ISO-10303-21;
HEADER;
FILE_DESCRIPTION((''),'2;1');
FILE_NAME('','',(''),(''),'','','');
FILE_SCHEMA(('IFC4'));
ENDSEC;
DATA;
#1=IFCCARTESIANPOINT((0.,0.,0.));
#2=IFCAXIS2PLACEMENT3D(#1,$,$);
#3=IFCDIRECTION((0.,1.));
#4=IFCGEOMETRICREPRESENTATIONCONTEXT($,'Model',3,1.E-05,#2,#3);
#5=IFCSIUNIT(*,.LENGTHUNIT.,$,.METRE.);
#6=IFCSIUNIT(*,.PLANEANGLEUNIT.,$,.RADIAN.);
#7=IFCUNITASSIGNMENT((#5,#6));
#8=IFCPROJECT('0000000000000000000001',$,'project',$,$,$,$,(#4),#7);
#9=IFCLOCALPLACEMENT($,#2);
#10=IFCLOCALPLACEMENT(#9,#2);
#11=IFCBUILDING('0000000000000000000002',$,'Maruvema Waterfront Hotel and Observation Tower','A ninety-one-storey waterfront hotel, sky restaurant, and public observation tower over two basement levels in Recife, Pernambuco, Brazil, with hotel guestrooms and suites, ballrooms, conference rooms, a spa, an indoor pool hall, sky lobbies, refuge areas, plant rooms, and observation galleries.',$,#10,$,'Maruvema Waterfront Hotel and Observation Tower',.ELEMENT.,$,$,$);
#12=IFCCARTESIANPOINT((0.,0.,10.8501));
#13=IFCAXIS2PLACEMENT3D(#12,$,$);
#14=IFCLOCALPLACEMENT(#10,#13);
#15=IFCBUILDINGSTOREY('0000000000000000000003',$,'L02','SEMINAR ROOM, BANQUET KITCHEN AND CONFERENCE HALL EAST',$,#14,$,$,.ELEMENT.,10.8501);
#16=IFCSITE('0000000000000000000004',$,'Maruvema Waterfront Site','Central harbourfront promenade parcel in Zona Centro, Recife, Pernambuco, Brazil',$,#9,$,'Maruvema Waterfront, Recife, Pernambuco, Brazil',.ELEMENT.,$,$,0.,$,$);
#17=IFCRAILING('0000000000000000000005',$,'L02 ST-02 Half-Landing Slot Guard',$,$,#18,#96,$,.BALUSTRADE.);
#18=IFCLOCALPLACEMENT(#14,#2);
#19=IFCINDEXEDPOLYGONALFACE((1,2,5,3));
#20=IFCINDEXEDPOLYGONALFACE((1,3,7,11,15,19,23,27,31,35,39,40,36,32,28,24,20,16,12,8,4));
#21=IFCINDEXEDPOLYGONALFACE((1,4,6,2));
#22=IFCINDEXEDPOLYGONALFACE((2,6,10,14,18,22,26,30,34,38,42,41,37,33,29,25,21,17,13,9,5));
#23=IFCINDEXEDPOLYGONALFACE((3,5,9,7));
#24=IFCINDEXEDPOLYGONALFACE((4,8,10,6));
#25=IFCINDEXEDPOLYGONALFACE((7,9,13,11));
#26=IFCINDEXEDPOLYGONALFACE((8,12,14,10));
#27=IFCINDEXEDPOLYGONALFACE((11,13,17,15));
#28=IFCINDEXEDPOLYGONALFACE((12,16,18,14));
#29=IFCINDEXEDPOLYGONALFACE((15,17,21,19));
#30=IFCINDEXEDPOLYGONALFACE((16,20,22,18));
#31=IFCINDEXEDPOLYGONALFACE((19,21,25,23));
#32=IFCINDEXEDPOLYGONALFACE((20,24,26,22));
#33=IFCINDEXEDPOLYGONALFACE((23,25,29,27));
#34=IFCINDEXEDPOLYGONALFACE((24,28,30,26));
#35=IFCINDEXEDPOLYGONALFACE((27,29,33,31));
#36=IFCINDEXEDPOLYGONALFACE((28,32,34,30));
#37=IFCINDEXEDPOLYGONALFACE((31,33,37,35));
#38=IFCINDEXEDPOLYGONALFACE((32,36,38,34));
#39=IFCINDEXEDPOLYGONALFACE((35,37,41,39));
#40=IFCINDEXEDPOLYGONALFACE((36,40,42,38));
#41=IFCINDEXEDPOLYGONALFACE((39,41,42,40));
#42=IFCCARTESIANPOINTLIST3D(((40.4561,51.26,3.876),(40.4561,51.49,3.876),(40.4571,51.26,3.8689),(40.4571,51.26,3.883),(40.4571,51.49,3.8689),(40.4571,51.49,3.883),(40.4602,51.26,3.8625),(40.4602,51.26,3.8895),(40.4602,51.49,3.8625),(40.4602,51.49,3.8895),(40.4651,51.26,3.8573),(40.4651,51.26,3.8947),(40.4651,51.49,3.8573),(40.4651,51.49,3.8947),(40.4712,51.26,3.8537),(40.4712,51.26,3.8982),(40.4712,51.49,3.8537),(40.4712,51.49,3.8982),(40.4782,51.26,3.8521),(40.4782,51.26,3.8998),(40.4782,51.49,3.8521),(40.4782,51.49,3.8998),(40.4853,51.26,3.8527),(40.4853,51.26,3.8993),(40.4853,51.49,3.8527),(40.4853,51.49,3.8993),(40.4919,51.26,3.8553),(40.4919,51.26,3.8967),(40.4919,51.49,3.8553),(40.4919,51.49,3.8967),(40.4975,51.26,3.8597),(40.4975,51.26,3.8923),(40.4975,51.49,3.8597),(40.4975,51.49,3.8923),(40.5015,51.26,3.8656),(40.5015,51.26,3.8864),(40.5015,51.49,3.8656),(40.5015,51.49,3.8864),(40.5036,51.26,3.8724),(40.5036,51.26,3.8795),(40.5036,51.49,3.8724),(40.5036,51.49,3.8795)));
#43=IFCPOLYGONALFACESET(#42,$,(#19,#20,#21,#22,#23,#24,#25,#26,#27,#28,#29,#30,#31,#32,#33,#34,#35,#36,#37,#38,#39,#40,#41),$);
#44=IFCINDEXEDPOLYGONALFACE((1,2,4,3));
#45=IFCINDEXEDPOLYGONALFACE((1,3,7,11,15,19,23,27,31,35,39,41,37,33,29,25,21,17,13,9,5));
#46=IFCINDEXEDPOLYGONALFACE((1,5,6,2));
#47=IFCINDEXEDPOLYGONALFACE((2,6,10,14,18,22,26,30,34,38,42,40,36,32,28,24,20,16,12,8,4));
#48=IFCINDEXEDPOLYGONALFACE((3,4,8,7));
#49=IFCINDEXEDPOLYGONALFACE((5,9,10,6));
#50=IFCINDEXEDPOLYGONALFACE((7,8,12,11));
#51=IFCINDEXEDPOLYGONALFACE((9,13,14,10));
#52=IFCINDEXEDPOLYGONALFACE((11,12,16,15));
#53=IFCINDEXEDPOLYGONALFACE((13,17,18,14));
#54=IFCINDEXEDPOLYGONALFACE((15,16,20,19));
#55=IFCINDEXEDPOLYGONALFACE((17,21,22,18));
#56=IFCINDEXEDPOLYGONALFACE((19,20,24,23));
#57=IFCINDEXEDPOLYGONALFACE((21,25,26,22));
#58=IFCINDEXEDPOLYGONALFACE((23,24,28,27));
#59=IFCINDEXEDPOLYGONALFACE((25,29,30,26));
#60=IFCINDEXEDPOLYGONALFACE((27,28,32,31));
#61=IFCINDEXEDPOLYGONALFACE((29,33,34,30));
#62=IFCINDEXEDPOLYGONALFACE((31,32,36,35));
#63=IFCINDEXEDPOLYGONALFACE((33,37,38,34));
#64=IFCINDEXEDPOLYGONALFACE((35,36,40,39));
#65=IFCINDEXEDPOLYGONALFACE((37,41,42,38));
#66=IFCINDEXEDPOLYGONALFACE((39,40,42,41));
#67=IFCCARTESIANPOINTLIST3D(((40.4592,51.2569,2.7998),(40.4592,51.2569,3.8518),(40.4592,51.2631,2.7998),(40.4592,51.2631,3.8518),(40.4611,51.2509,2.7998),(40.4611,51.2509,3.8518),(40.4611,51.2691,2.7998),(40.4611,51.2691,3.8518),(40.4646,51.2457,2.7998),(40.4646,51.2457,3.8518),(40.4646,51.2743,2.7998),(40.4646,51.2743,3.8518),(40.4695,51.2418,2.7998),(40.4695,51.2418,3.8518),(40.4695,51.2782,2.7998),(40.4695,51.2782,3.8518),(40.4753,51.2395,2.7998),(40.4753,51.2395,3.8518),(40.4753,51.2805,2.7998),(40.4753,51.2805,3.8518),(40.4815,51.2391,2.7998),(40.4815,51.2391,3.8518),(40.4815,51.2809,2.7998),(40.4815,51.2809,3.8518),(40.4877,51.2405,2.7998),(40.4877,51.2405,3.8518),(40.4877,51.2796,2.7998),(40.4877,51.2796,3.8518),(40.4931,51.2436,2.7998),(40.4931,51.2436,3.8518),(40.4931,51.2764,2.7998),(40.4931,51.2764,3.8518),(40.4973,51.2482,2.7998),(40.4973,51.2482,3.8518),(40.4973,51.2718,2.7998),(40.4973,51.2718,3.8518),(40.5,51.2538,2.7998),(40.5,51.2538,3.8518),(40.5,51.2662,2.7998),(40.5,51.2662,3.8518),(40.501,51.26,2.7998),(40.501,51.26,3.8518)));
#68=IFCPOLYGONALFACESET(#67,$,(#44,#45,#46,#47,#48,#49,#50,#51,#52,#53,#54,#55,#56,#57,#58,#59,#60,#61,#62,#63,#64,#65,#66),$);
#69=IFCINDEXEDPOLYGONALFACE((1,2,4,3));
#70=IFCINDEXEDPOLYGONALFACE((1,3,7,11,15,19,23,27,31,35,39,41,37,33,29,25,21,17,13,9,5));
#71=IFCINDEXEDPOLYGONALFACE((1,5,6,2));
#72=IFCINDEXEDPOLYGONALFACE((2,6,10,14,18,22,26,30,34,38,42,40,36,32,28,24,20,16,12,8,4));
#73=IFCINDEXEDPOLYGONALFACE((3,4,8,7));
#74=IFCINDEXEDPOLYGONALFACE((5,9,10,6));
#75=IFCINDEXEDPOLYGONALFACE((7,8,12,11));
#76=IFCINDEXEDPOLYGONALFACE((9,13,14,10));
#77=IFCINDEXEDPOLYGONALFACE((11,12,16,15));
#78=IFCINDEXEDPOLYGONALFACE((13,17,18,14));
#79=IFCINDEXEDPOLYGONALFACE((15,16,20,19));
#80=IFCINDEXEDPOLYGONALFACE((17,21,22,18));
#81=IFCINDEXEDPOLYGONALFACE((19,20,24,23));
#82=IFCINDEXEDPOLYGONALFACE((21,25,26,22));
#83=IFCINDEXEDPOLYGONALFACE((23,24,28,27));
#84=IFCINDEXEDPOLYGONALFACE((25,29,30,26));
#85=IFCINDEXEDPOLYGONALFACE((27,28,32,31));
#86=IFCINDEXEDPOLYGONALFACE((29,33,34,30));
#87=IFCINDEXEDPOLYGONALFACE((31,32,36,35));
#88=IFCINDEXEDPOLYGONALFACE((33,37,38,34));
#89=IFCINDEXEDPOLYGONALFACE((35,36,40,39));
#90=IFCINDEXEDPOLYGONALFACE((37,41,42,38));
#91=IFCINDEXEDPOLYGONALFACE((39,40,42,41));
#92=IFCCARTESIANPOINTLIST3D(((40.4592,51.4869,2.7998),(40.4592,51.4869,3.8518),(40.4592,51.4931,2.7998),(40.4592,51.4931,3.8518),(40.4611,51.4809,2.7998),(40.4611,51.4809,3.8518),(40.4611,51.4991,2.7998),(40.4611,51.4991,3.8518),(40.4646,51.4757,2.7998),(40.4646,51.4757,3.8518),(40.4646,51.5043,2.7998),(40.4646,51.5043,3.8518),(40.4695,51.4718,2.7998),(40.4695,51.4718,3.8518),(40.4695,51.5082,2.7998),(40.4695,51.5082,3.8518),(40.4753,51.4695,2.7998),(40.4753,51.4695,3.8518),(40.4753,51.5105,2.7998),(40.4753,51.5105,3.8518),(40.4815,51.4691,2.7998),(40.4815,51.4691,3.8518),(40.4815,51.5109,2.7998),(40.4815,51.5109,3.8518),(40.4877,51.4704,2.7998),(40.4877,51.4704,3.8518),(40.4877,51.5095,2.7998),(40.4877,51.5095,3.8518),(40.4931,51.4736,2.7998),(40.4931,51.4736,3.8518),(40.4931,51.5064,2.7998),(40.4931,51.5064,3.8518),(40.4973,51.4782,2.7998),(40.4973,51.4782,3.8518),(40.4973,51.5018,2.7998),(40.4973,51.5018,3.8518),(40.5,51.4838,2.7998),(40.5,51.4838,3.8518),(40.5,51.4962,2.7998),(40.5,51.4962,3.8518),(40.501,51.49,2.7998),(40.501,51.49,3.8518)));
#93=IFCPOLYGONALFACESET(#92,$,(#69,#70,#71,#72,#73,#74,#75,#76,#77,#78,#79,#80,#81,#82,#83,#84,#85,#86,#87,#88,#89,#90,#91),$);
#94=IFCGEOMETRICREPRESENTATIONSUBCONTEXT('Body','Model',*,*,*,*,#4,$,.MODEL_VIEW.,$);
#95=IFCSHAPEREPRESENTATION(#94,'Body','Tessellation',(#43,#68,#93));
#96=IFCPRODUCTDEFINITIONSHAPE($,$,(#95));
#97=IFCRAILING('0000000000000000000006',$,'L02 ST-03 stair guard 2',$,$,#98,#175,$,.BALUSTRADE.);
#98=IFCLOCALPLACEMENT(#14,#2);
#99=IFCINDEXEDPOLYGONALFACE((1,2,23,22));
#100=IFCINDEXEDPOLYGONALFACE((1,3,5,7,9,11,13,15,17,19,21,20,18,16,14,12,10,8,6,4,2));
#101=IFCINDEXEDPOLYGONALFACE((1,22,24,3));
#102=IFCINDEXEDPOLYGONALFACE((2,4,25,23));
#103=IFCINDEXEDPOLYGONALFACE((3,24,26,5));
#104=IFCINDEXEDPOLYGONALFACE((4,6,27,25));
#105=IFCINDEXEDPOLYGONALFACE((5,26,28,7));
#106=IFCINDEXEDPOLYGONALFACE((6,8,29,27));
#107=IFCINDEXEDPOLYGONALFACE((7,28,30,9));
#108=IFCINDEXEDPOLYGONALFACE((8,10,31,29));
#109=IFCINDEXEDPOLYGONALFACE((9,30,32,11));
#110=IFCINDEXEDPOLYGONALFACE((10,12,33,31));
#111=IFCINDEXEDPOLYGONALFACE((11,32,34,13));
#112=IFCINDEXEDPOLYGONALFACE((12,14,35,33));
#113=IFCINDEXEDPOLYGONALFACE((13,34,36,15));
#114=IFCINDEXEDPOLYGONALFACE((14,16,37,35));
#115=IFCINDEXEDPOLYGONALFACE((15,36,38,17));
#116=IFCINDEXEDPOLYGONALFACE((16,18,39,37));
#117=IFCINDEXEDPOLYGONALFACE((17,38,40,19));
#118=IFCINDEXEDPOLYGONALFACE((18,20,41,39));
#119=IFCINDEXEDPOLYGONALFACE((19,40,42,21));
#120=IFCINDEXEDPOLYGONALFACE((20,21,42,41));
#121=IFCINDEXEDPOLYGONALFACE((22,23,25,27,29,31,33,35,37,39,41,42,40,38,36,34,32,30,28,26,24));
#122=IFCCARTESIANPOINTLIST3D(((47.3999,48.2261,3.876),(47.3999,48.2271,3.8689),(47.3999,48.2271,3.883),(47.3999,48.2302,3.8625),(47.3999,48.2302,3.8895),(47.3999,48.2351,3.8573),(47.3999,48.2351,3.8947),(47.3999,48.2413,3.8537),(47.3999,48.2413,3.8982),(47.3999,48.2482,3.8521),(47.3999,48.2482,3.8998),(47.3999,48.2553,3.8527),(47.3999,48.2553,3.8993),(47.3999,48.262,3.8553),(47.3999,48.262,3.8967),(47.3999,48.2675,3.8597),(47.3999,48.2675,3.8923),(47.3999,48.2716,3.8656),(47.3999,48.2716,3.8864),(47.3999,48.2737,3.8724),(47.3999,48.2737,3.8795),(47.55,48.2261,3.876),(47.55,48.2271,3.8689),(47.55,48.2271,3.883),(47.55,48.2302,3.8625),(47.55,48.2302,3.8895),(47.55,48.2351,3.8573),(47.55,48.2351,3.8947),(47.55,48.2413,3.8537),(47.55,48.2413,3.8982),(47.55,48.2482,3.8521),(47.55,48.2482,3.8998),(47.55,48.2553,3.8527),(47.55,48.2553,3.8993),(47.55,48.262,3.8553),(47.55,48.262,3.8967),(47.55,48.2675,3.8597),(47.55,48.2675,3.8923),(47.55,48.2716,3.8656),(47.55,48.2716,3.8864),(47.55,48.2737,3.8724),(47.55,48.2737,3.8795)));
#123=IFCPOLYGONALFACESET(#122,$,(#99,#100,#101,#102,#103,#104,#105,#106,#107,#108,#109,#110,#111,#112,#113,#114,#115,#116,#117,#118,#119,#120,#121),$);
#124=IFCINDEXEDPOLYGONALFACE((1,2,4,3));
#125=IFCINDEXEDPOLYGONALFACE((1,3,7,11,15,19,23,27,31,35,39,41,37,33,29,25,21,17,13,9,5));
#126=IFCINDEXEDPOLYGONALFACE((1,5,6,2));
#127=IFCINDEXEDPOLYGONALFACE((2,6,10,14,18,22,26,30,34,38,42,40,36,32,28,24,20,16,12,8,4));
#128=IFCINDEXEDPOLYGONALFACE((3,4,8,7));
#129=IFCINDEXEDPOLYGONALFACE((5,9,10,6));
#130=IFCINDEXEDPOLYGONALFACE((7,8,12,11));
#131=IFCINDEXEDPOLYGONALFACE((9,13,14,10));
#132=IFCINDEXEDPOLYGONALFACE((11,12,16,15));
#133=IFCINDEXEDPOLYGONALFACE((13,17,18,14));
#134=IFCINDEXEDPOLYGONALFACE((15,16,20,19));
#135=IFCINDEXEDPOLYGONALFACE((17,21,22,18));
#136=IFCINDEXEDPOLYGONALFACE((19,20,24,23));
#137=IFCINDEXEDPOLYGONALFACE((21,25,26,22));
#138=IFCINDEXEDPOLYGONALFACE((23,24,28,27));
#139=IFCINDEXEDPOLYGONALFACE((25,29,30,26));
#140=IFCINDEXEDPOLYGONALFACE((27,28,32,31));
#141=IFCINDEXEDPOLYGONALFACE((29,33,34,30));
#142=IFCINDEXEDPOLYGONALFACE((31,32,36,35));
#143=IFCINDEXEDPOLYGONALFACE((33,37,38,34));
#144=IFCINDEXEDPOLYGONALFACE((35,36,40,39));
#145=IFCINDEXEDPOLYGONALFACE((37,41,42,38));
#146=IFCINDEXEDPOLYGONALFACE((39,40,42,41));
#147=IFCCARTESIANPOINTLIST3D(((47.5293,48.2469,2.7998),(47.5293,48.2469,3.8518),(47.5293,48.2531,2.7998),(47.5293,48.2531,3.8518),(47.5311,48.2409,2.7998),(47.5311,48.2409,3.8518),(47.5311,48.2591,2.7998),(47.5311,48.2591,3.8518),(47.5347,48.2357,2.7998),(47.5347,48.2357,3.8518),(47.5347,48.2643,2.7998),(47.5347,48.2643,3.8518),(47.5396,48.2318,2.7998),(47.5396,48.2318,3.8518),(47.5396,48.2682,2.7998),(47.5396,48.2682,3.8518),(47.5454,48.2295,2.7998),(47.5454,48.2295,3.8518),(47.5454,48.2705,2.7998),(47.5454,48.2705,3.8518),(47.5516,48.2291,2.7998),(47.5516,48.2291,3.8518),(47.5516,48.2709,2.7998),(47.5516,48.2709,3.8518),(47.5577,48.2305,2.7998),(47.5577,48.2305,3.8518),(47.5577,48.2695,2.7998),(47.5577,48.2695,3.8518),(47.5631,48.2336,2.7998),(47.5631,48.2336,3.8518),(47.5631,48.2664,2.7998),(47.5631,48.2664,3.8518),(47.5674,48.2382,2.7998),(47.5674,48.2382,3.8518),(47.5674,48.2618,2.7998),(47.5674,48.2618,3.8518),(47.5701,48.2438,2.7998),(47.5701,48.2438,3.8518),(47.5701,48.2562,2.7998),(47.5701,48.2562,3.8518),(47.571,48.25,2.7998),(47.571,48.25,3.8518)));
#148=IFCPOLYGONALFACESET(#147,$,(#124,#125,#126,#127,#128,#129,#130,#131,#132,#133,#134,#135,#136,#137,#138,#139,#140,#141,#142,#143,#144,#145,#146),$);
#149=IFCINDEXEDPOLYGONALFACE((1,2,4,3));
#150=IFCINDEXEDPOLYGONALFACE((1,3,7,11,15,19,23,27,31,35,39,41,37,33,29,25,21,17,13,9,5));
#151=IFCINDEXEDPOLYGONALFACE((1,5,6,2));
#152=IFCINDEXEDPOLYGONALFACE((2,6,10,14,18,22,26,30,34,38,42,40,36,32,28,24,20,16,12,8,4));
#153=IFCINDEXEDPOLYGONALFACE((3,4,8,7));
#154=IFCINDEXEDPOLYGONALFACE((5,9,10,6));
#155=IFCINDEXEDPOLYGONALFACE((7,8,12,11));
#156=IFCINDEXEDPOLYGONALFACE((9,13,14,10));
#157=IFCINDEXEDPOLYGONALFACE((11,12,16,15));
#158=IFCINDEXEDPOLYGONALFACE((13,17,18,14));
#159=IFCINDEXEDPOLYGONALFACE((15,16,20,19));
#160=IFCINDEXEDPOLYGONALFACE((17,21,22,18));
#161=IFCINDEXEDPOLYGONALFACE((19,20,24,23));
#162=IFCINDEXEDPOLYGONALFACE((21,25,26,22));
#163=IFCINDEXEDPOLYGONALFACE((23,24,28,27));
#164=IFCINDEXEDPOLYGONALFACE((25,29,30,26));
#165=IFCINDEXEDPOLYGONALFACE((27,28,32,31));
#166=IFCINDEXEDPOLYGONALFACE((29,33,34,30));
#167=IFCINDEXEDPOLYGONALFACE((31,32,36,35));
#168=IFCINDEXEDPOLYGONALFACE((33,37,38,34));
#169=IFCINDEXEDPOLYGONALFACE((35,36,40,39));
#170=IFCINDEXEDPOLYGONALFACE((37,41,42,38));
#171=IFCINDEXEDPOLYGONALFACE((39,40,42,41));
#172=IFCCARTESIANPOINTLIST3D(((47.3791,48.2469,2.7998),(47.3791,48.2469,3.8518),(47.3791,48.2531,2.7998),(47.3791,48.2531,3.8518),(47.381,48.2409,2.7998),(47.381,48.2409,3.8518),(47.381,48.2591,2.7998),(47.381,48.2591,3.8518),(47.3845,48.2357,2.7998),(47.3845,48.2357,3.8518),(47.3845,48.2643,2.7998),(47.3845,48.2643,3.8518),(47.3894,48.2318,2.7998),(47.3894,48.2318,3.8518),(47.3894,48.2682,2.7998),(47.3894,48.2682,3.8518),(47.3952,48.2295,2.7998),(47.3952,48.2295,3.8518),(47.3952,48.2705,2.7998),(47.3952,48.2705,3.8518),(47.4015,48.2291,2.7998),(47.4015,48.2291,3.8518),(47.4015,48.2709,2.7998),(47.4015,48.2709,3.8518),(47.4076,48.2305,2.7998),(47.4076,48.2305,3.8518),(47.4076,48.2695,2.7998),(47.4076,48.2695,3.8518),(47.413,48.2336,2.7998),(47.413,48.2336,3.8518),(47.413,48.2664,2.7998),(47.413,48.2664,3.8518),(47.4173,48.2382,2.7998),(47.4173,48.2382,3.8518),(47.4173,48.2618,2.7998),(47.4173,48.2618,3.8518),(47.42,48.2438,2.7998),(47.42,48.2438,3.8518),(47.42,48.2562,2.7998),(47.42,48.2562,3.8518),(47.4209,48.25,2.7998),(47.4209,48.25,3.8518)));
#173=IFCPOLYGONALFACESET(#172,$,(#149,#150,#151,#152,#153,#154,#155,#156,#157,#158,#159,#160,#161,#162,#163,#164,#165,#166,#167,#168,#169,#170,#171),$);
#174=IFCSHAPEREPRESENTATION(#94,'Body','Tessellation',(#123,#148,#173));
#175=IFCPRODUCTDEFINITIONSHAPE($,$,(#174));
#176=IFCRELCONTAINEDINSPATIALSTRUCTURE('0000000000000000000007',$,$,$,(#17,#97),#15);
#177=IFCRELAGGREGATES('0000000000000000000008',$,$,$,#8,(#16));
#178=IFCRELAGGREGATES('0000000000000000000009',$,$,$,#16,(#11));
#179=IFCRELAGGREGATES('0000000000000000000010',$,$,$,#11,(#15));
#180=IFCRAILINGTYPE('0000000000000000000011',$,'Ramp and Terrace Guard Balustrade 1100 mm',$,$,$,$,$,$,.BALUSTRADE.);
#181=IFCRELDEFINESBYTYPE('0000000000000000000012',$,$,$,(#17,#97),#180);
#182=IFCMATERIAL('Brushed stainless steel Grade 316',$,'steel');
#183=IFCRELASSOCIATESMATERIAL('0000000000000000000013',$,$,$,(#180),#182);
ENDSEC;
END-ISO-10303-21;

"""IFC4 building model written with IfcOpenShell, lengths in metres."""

from ifc_helpers import new_model, si_unit, direction, frame, origin, origin_2d, place, context, subcontext, project, spatial, circle, extrude, material, type_object, element, save


model = new_model("IFC4")

# Units and contexts
model_context = context("Model", 3, precision=1e-05, world=origin(), true_north=direction((0.0, 1.0)))
body_context = subcontext(model_context, "Body", "Model", "MODEL_VIEW")
ifc_project = project(units=[si_unit("LENGTHUNIT", "METRE"), si_unit("PLANEANGLEUNIT", "RADIAN")], contexts=[model_context])

# Site, building, storey
site_placement = place(None, origin())
site = spatial("IfcSite", under=ifc_project, at=site_placement, Name="Maruvema Waterfront Site", Description="Central harbourfront promenade parcel in Zona Centro, Recife, Pernambuco, Brazil", LongName="Maruvema Waterfront, Recife, Pernambuco, Brazil", CompositionType="ELEMENT", RefElevation=0.0)
building_placement = place(site_placement, origin())
building = spatial("IfcBuilding", under=site, at=building_placement, Name="Maruvema Waterfront Hotel and Observation Tower", Description="A ninety-one-storey waterfront hotel, sky restaurant, and public observation tower over two basement levels in Recife, Pernambuco, Brazil, with hotel guestrooms and suites, ballrooms, conference rooms, a spa, an indoor pool hall, sky lobbies, refuge areas, plant rooms, and observation galleries.", LongName="Maruvema Waterfront Hotel and Observation Tower", CompositionType="ELEMENT")
storey_placement = place(building_placement, frame((0.0, 0.0, 10.8501)))
storey = spatial("IfcBuildingStorey", under=building, at=storey_placement, Name="L02", Description="SEMINAR ROOM, BANQUET KITCHEN AND CONFERENCE HALL EAST", CompositionType="ELEMENT", Elevation=10.8501)

# Railings
ifc_material_1 = material(Name="Brushed stainless steel Grade 316", Category="steel")
railing_type_1 = type_object("IfcRailingType", Name="Ramp and Terrace Guard Balustrade 1100 mm", PredefinedType="BALUSTRADE", material=ifc_material_1)
railing_1_placement = place(storey_placement, frame((40.48, 51.26, 2.7998)))
element("IfcRailing", 1, at=railing_1_placement, inside=storey, type_object=railing_type_1, Name="L02 ST-02 Half-Landing Slot Guard", PredefinedType="BALUSTRADE", context=body_context, shape_type="SweptSolid", body=[
    extrude(circle(Radius=0.0239, at=origin_2d()), frame((0.0, 0.0, 1.0762), z_axis=(0.0, 1.0, 0.0), x_axis=(-1.0, 0.0, 0.0)), (0.0, 0.0, 1.0), 0.23),
    extrude(circle(Radius=0.021, at=origin_2d()), origin(), (0.0, 0.0, 1.0), 1.052),
    extrude(circle(Radius=0.021, at=origin_2d()), frame((0.0, 0.23, 0.0)), (0.0, 0.0, 1.0), 1.052),
])
railing_2_placement = place(storey_placement, frame((47.55, 48.25, 2.7998)))
element("IfcRailing", 2, at=railing_2_placement, inside=storey, type_object=railing_type_1, Name="L02 ST-03 stair guard 2", PredefinedType="BALUSTRADE", context=body_context, shape_type="SweptSolid", body=[
    extrude(circle(Radius=0.0239, at=origin_2d()), frame((0.0, 0.0, 1.0762), z_axis=(-1.0, 0.0, 0.0), x_axis=(0.0, -1.0, 0.0)), (0.0, 0.0, 1.0), 0.1501),
    extrude(circle(Radius=0.021, at=origin_2d()), origin(), (0.0, 0.0, 1.0), 1.052),
    extrude(circle(Radius=0.021, at=origin_2d()), frame((-0.1501, 0.0, 0.0)), (0.0, 0.0, 1.0), 1.052),
])

save(model, "model.ifc")
